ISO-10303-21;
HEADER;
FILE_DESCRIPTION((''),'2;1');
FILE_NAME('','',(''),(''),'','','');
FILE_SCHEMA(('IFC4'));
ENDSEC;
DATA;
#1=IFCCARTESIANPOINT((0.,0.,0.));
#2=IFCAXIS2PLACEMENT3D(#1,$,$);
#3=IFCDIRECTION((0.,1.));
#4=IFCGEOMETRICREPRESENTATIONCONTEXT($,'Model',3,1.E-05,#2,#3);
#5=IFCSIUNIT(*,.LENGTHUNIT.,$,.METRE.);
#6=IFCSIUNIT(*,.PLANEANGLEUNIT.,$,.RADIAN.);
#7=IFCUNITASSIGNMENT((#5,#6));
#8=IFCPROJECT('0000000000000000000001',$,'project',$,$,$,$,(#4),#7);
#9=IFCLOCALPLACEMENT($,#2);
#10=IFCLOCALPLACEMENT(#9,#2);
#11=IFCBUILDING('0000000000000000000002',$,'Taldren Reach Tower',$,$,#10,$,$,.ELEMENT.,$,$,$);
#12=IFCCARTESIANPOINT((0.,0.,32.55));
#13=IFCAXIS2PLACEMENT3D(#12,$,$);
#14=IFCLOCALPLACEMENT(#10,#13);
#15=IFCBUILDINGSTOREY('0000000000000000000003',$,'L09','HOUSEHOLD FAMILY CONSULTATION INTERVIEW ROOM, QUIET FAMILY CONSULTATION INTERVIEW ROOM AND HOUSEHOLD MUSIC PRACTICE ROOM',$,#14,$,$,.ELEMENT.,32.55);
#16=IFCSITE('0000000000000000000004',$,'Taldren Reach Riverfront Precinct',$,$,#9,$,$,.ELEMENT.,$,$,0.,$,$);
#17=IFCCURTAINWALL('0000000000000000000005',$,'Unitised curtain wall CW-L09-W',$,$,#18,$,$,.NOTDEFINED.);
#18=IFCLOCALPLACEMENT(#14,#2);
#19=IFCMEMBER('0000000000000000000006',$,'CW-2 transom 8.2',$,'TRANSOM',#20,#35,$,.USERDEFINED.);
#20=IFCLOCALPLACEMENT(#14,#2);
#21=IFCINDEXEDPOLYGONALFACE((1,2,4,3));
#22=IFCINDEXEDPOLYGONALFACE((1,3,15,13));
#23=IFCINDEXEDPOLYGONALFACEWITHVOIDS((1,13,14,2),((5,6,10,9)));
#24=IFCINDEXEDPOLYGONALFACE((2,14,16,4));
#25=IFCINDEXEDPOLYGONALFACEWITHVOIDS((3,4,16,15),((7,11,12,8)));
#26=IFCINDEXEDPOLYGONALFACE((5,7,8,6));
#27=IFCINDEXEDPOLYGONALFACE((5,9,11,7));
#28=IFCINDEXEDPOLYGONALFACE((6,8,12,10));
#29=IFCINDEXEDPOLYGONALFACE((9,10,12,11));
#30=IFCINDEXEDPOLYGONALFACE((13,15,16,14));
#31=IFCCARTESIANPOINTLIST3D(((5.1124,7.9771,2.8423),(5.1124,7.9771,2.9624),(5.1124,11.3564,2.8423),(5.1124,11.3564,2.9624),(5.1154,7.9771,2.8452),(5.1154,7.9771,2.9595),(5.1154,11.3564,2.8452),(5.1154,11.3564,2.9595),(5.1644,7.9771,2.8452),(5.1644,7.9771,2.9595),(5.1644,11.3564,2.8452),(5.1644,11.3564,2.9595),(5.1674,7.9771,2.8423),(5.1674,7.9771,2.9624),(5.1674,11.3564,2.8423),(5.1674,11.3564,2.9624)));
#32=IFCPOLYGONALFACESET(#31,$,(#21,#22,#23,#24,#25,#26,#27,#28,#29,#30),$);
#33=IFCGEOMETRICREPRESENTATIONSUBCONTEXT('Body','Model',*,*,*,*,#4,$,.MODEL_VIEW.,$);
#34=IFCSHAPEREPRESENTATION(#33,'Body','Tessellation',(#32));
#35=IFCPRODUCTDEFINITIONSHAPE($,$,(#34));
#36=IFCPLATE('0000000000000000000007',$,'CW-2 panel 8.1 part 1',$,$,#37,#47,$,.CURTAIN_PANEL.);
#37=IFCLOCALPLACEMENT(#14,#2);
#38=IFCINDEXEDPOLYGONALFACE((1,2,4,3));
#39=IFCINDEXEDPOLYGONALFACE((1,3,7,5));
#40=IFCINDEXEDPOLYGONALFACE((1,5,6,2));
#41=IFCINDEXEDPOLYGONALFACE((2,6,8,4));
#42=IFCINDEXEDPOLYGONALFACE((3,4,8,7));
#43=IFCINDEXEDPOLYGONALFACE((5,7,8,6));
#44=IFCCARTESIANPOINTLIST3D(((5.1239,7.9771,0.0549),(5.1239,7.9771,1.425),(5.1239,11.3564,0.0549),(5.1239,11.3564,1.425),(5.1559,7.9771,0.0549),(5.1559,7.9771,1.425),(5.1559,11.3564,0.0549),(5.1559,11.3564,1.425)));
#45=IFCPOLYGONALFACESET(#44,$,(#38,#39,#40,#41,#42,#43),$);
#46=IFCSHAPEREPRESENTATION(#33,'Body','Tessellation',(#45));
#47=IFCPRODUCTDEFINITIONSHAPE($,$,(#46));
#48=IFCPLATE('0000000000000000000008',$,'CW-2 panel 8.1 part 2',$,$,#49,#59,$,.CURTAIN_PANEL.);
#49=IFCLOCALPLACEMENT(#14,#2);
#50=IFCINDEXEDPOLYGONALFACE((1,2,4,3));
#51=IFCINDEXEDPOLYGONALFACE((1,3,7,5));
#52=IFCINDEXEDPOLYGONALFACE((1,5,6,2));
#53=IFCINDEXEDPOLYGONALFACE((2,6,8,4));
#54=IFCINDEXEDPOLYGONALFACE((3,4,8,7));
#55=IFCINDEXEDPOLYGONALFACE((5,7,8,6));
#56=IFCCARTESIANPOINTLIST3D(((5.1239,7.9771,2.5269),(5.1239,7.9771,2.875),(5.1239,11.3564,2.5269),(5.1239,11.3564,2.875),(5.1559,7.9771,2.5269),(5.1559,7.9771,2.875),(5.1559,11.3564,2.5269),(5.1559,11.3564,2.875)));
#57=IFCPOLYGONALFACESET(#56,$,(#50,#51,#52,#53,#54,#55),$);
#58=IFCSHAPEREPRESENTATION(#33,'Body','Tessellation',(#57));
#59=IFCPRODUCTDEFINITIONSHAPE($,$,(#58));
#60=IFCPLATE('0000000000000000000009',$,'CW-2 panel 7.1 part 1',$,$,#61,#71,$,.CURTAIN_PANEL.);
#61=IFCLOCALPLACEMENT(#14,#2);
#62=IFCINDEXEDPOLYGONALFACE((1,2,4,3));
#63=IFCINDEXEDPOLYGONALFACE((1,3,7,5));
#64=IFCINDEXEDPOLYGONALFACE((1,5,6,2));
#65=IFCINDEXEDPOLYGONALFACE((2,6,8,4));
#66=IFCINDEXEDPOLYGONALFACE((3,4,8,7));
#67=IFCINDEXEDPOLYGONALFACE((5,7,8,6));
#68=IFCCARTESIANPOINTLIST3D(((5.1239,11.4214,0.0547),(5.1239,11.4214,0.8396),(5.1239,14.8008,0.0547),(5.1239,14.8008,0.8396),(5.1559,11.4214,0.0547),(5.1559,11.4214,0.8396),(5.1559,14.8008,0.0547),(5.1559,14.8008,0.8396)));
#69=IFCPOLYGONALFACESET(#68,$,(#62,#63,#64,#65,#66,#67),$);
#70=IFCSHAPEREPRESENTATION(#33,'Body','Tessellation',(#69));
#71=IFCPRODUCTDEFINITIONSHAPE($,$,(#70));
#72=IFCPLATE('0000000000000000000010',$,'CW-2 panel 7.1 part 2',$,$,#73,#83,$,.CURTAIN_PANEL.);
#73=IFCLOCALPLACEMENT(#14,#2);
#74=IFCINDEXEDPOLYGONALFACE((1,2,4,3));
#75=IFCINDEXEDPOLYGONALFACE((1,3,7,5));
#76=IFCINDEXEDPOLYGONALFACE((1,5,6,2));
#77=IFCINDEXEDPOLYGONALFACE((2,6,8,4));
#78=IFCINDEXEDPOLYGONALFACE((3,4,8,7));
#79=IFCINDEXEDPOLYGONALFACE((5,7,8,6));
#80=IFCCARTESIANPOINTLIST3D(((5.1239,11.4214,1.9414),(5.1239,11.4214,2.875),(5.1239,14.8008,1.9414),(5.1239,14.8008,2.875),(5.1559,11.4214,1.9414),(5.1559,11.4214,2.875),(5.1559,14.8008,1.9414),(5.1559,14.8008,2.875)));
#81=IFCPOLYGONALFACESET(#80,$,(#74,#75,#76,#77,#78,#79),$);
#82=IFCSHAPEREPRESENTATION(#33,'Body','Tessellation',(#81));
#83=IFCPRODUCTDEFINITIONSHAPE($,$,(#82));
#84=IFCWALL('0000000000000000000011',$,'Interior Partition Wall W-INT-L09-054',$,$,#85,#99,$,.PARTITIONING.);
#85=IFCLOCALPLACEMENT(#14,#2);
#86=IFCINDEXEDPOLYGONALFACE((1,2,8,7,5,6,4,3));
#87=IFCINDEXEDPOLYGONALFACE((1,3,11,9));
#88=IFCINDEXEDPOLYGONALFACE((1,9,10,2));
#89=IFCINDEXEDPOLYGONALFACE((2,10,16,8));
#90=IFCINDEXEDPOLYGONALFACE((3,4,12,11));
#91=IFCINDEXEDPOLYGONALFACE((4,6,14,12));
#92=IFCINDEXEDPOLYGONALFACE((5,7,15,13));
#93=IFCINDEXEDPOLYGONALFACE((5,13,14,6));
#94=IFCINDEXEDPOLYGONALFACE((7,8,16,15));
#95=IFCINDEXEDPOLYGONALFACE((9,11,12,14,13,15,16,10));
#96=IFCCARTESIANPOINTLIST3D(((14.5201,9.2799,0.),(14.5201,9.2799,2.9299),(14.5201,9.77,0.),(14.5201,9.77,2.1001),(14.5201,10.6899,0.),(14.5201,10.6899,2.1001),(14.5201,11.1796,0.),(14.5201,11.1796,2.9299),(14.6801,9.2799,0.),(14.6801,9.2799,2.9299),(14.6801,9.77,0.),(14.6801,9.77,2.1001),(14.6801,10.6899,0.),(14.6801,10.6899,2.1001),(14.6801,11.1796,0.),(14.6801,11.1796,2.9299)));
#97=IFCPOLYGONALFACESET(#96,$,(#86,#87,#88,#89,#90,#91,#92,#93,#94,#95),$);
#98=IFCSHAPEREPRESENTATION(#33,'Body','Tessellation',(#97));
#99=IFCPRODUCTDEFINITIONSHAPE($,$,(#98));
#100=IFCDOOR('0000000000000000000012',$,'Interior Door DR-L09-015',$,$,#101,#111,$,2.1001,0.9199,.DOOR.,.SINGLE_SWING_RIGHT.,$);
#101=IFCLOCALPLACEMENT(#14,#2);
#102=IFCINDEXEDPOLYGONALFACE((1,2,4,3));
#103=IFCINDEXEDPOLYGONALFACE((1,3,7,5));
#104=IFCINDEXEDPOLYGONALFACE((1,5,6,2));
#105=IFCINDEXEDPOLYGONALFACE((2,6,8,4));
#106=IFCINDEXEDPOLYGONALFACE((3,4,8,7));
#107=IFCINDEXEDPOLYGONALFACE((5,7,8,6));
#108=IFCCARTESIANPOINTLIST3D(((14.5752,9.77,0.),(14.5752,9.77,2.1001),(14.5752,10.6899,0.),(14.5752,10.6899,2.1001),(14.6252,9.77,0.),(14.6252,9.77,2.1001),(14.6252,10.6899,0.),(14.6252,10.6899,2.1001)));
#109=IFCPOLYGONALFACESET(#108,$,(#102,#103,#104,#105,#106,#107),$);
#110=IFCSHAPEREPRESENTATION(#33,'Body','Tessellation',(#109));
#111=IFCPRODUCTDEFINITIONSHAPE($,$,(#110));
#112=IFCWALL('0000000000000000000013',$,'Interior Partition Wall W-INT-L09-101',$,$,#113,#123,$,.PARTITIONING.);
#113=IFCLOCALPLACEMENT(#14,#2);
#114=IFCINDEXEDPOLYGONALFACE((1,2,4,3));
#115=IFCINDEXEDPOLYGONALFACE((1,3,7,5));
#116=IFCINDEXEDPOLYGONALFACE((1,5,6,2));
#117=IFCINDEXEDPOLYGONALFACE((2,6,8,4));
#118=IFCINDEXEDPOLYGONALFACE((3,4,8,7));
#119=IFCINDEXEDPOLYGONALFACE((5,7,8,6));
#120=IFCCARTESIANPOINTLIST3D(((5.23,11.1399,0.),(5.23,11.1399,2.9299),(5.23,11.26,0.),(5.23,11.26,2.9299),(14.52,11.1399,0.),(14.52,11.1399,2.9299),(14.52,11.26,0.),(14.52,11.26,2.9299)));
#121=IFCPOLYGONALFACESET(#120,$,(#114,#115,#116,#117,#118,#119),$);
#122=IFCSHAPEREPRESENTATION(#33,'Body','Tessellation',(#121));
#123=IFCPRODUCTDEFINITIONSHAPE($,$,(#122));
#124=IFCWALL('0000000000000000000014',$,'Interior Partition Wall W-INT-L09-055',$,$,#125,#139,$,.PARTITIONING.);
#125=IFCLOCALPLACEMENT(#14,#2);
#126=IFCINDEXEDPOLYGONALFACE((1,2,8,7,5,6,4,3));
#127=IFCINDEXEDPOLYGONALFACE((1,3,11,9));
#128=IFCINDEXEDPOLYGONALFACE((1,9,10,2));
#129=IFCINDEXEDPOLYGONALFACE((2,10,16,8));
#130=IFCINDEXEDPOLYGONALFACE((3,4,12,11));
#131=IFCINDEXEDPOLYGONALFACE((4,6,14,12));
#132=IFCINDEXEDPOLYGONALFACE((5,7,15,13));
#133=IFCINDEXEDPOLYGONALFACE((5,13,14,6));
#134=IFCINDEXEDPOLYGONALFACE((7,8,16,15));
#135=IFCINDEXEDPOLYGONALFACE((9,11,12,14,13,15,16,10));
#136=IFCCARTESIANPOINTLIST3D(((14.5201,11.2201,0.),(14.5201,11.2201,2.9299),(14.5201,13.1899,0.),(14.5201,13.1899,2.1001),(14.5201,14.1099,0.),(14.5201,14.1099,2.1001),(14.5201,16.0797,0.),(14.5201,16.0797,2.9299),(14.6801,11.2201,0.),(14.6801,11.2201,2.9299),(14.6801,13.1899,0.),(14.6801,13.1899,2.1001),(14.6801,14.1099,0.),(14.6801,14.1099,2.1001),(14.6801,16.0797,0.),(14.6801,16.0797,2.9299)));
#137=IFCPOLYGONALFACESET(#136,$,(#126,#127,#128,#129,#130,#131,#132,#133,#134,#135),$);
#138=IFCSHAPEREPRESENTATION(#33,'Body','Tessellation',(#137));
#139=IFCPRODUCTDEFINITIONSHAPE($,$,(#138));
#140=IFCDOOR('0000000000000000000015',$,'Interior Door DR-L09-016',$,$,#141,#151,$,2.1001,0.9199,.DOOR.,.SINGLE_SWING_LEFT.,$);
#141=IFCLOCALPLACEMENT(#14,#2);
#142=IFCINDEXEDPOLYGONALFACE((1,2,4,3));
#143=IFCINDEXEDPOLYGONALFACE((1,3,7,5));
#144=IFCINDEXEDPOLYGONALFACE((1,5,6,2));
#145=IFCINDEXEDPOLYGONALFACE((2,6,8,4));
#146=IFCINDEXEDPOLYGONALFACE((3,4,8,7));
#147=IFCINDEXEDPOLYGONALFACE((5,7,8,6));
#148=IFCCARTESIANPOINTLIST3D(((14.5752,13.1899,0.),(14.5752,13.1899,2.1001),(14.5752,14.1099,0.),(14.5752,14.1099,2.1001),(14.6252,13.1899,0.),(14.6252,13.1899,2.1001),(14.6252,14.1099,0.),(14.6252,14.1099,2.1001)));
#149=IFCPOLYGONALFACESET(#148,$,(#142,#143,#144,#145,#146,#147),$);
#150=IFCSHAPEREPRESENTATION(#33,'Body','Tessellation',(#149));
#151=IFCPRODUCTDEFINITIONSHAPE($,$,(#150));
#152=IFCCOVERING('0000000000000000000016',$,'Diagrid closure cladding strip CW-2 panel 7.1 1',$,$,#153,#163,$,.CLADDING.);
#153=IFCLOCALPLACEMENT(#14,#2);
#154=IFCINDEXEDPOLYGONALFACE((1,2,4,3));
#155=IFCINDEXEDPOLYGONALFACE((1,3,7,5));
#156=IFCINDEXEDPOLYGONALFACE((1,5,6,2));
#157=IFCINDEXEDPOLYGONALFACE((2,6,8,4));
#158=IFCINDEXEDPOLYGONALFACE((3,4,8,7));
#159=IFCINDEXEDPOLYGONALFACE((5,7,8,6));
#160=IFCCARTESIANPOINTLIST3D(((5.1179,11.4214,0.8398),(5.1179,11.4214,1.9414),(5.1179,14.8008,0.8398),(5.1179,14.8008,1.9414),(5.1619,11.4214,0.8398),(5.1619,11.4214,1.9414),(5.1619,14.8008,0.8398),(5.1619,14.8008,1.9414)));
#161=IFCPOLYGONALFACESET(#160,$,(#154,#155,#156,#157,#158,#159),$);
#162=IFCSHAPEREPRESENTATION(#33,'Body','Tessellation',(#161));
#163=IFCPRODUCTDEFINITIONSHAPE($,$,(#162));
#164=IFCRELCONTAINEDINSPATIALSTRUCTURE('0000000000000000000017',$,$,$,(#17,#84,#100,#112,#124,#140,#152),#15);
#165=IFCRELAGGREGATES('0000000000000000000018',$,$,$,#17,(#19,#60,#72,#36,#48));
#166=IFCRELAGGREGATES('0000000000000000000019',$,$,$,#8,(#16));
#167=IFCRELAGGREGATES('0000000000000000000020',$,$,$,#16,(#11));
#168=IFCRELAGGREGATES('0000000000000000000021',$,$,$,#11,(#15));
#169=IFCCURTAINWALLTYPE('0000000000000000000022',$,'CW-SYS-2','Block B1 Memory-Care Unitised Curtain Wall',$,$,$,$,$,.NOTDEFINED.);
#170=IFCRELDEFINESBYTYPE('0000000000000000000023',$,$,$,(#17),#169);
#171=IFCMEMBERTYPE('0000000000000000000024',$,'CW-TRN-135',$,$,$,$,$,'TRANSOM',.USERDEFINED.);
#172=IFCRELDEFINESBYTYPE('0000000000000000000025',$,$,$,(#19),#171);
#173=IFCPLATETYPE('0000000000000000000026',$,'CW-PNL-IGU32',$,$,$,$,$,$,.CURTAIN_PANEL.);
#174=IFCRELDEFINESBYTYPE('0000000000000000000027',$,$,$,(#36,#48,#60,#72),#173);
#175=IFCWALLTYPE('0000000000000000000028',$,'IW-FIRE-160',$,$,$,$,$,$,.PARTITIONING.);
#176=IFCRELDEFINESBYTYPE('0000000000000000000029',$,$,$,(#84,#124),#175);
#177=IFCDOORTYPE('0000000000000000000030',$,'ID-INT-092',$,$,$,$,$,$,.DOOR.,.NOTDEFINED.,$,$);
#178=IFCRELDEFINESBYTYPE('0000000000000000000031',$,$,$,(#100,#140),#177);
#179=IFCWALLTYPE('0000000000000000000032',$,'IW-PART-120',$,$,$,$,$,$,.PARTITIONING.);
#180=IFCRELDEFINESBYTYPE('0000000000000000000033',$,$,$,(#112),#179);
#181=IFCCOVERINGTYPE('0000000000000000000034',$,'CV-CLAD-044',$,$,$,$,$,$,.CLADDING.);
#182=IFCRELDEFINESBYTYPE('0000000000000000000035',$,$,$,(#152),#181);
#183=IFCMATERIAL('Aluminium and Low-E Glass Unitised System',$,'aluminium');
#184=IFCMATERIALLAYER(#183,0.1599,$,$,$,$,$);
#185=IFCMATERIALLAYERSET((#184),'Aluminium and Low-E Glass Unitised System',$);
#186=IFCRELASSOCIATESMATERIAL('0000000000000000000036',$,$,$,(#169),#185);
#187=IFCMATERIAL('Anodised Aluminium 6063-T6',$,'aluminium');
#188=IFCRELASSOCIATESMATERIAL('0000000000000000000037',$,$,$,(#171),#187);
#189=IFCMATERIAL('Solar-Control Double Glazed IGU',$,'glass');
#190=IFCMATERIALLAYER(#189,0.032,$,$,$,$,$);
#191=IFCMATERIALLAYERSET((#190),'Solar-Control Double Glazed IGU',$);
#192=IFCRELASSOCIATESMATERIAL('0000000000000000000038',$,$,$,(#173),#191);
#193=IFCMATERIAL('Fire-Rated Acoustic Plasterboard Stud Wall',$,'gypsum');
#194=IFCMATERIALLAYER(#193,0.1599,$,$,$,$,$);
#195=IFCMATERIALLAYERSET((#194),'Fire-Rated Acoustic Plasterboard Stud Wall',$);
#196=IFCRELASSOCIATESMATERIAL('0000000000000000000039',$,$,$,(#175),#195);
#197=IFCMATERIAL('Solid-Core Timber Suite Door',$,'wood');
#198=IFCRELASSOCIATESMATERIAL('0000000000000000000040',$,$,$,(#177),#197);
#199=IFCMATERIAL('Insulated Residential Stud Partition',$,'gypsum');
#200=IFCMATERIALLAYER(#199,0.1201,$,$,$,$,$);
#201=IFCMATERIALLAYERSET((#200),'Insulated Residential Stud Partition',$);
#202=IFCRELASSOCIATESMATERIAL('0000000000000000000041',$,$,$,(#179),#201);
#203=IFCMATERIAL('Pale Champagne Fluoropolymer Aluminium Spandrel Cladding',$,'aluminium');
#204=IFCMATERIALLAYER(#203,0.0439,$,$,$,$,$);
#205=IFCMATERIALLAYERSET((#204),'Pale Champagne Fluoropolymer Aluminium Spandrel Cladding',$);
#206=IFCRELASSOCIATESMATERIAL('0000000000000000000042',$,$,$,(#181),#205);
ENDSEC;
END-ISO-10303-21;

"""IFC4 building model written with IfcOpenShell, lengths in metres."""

from ifc_helpers import new_model, si_unit, direction, frame, frame_2d, origin, origin_2d, place, context, subcontext, project, spatial, rectangle, hollow_rectangle, extrude, source, transform, mapped, material, layer, layer_set, material_profile, profile_set, type_object, element, fill, aggregate, save


model = new_model("IFC4")

# Units and contexts
model_context = context("Model", 3, precision=1e-05, world=origin(), true_north=direction((0.0, 1.0)))
body_context = subcontext(model_context, "Body", "Model", "MODEL_VIEW")
ifc_project = project(units=[si_unit("LENGTHUNIT", "METRE"), si_unit("PLANEANGLEUNIT", "RADIAN")], contexts=[model_context])

# Site, building, storey
site_placement = place(None, origin())
site = spatial("IfcSite", under=ifc_project, at=site_placement, Name="Taldren Reach Riverfront Precinct", CompositionType="ELEMENT", RefElevation=0.0)
building_placement = place(site_placement, origin())
building = spatial("IfcBuilding", under=site, at=building_placement, Name="Taldren Reach Tower", CompositionType="ELEMENT")
storey_placement = place(building_placement, frame((0.0, 0.0, 32.55)))
storey = spatial("IfcBuildingStorey", under=building, at=storey_placement, Name="L09", Description="HOUSEHOLD FAMILY CONSULTATION INTERVIEW ROOM, QUIET FAMILY CONSULTATION INTERVIEW ROOM AND HOUSEHOLD MUSIC PRACTICE ROOM", CompositionType="ELEMENT", Elevation=32.55)

# Curtain wall, member, plates
ifc_material_1 = material(Name="Aluminium and Low-E Glass Unitised System", Category="aluminium")
ifc_layer_1 = layer(ifc_material_1, 0.1599)
ifc_layer_set_1 = layer_set([ifc_layer_1], Name="Aluminium and Low-E Glass Unitised System")
curtain_wall_type = type_object("IfcCurtainWallType", Name="CW-SYS-2", Description="Block B1 Memory-Care Unitised Curtain Wall", PredefinedType="NOTDEFINED", material=ifc_layer_set_1)
curtain_wall_placement = place(storey_placement, origin())
curtain_wall = element("IfcCurtainWall", 1, at=curtain_wall_placement, inside=storey, type_object=curtain_wall_type, Name="Unitised curtain wall CW-L09-W", PredefinedType="NOTDEFINED")
ifc_material_2 = material(Name="Anodised Aluminium 6063-T6", Category="aluminium")
ifc_material_profile_1 = material_profile(ifc_material_2, hollow_rectangle(XDim=0.0549, YDim=0.1201, WallThickness=0.0029, at=origin_2d()), Name="ALU-120x55x3RHS")
ifc_profile_set_1 = profile_set([ifc_material_profile_1], Name="Anodised Aluminium 6063-T6")
member_type_1 = type_object("IfcMemberType", Name="CW-TRN-135", ElementType="TRANSOM", PredefinedType="USERDEFINED", material=ifc_profile_set_1)
shared_shape_1 = source(origin(), body_context, "Body", "SweptSolid", [
    extrude(hollow_rectangle(XDim=0.0549, YDim=0.1201, WallThickness=0.0029, at=origin_2d()), origin(), (0.0, 0.0, 1.0), 3.3794),
])
member_1_placement = place(storey_placement, frame((5.1399, 11.3564, 2.9023), z_axis=(0.0, -1.0, 0.0), x_axis=(1.0, 0.0, 0.0)))
member_1 = element("IfcMember", 2, at=member_1_placement, type_object=member_type_1, Name="CW-2 transom 8.2", ObjectType="TRANSOM", PredefinedType="USERDEFINED", context=body_context, shape_type="MappedRepresentation", body=[
    mapped(shared_shape_1, transform((0.0, 0.0, 0.0), scale=1.0)),
])
ifc_material_3 = material(Name="Solar-Control Double Glazed IGU", Category="glass")
ifc_layer_2 = layer(ifc_material_3, 0.032)
ifc_layer_set_2 = layer_set([ifc_layer_2], Name="Solar-Control Double Glazed IGU")
plate_type = type_object("IfcPlateType", Name="CW-PNL-IGU32", PredefinedType="CURTAIN_PANEL", material=ifc_layer_set_2)
shared_shape_2 = source(origin(), body_context, "Body", "SweptSolid", [
    extrude(rectangle(XDim=3.3794, YDim=0.032, at=origin_2d()), origin(), (0.0, 0.0, 1.0), 1.3701),
])
plate_1_placement = place(storey_placement, frame((5.1399, 9.6667, 0.0549), z_axis=(0.0, 0.0, 1.0), x_axis=(0.0, -1.0, 0.0)))
plate_1 = element("IfcPlate", 3, at=plate_1_placement, type_object=plate_type, Name="CW-2 panel 8.1 part 1", PredefinedType="CURTAIN_PANEL", context=body_context, shape_type="MappedRepresentation", body=[
    mapped(shared_shape_2, transform((0.0, 0.0, 0.0), scale=1.0)),
])
shared_shape_3 = source(origin(), body_context, "Body", "SweptSolid", [
    extrude(rectangle(XDim=3.3794, YDim=0.032, at=origin_2d()), origin(), (0.0, 0.0, 1.0), 0.3481),
])
plate_2_placement = place(storey_placement, frame((5.1399, 9.6667, 2.5269), z_axis=(0.0, 0.0, 1.0), x_axis=(0.0, -1.0, 0.0)))
plate_2 = element("IfcPlate", 4, at=plate_2_placement, type_object=plate_type, Name="CW-2 panel 8.1 part 2", PredefinedType="CURTAIN_PANEL", context=body_context, shape_type="MappedRepresentation", body=[
    mapped(shared_shape_3, transform((0.0, 0.0, 0.0), scale=1.0)),
])
shared_shape_4 = source(origin(), body_context, "Body", "SweptSolid", [
    extrude(rectangle(XDim=3.3794, YDim=0.032, at=origin_2d()), origin(), (0.0, 0.0, 1.0), 0.7849),
])
plate_3_placement = place(storey_placement, frame((5.1399, 13.1111, 0.0547), z_axis=(0.0, 0.0, 1.0), x_axis=(0.0, -1.0, 0.0)))
plate_3 = element("IfcPlate", 5, at=plate_3_placement, type_object=plate_type, Name="CW-2 panel 7.1 part 1", PredefinedType="CURTAIN_PANEL", context=body_context, shape_type="MappedRepresentation", body=[
    mapped(shared_shape_4, transform((0.0, 0.0, 0.0), scale=1.0)),
])
shared_shape_5 = source(origin(), body_context, "Body", "SweptSolid", [
    extrude(rectangle(XDim=3.3794, YDim=0.032, at=origin_2d()), origin(), (0.0, 0.0, 1.0), 0.9336),
])
plate_4_placement = place(storey_placement, frame((5.1399, 13.1111, 1.9414), z_axis=(0.0, 0.0, 1.0), x_axis=(0.0, -1.0, 0.0)))
plate_4 = element("IfcPlate", 6, at=plate_4_placement, type_object=plate_type, Name="CW-2 panel 7.1 part 2", PredefinedType="CURTAIN_PANEL", context=body_context, shape_type="MappedRepresentation", body=[
    mapped(shared_shape_5, transform((0.0, 0.0, 0.0), scale=1.0)),
])
aggregate(curtain_wall, [member_1, plate_3, plate_4, plate_1, plate_2])

# Wall, opening, door
ifc_material_4 = material(Name="Fire-Rated Acoustic Plasterboard Stud Wall", Category="gypsum")
ifc_layer_3 = layer(ifc_material_4, 0.1599)
ifc_layer_set_3 = layer_set([ifc_layer_3], Name="Fire-Rated Acoustic Plasterboard Stud Wall")
wall_type_1 = type_object("IfcWallType", Name="IW-FIRE-160", PredefinedType="PARTITIONING", material=ifc_layer_set_3)
shared_shape_6 = source(origin(), body_context, "Body", "SweptSolid", [
    extrude(rectangle(XDim=1.8997, YDim=0.1599, at=frame_2d((0.9497, 0.0))), origin(), (0.0, 0.0, 1.0), 2.9299),
])
wall_1_placement = place(storey_placement, frame((14.6001, 9.28, 0.0), z_axis=(0.0, 0.0, 1.0), x_axis=(0.0, 1.0, 0.0)))
wall_1 = element("IfcWall", 7, at=wall_1_placement, inside=storey, type_object=wall_type_1, Name="Interior Partition Wall W-INT-L09-054", PredefinedType="PARTITIONING", context=body_context, shape_type="MappedRepresentation", body=[
    mapped(shared_shape_6, transform((0.0, 0.0, 0.0), scale=1.0)),
])
shared_shape_7 = source(origin(), body_context, "Body", "SweptSolid", [
    extrude(rectangle(XDim=0.9199, YDim=2.1001, at=frame_2d((0.46, 1.05))), frame((0.0, 0.0898, 0.0), z_axis=(0.0, -1.0, 0.0), x_axis=(1.0, 0.0, 0.0)), (0.0, 0.0, 1.0), 0.1799),
])
opening_1_placement = place(wall_1_placement, frame((0.49, 0.0, 0.0)))
opening_1 = element("IfcOpeningElement", 8, at=opening_1_placement, cuts=wall_1, PredefinedType="OPENING", context=body_context, shape_type="MappedRepresentation", body=[
    mapped(shared_shape_7, transform((0.0, 0.0, 0.0), scale=1.0)),
])
ifc_material_5 = material(Name="Solid-Core Timber Suite Door", Category="wood")
door_type = type_object("IfcDoorType", Name="ID-INT-092", OperationType="NOTDEFINED", PredefinedType="DOOR", material=ifc_material_5)
shared_shape_8 = source(origin(), body_context, "Body", "SweptSolid", [
    extrude(rectangle(XDim=0.9199, YDim=2.1001, at=frame_2d((0.46, 1.05))), frame((0.0, 0.0249, 0.0), z_axis=(0.0, -1.0, 0.0), x_axis=(1.0, 0.0, 0.0)), (0.0, 0.0, 1.0), 0.05),
])
door_1_placement = place(opening_1_placement, origin())
door_1 = element("IfcDoor", 9, at=door_1_placement, inside=storey, type_object=door_type, Name="Interior Door DR-L09-015", OperationType="SINGLE_SWING_RIGHT", OverallHeight=2.1001, OverallWidth=0.9199, PredefinedType="DOOR", context=body_context, shape_type="MappedRepresentation", body=[
    mapped(shared_shape_8, transform((0.0, 0.0, 0.0), scale=1.0)),
])
fill(opening_1, door_1)

# Wall
ifc_material_6 = material(Name="Insulated Residential Stud Partition", Category="gypsum")
ifc_layer_4 = layer(ifc_material_6, 0.1201)
ifc_layer_set_4 = layer_set([ifc_layer_4], Name="Insulated Residential Stud Partition")
wall_type_2 = type_object("IfcWallType", Name="IW-PART-120", PredefinedType="PARTITIONING", material=ifc_layer_set_4)
shared_shape_9 = source(origin(), body_context, "Body", "SweptSolid", [
    extrude(rectangle(XDim=9.29, YDim=0.1201, at=frame_2d((4.645, 0.0))), origin(), (0.0, 0.0, 1.0), 2.9299),
])
wall_2_placement = place(storey_placement, frame((5.23, 11.2, 0.0), z_axis=(0.0, 0.0, 1.0), x_axis=(1.0, 0.0, 0.0)))
element("IfcWall", 10, at=wall_2_placement, inside=storey, type_object=wall_type_2, Name="Interior Partition Wall W-INT-L09-101", PredefinedType="PARTITIONING", context=body_context, shape_type="MappedRepresentation", body=[
    mapped(shared_shape_9, transform((0.0, 0.0, 0.0), scale=1.0)),
])

# Wall, opening, door
shared_shape_10 = source(origin(), body_context, "Body", "SweptSolid", [
    extrude(rectangle(XDim=4.8596, YDim=0.1599, at=frame_2d((2.4297, 0.0))), origin(), (0.0, 0.0, 1.0), 2.9299),
])
wall_3_placement = place(storey_placement, frame((14.6001, 11.2202, 0.0), z_axis=(0.0, 0.0, 1.0), x_axis=(0.0, 1.0, 0.0)))
wall_3 = element("IfcWall", 11, at=wall_3_placement, inside=storey, type_object=wall_type_1, Name="Interior Partition Wall W-INT-L09-055", PredefinedType="PARTITIONING", context=body_context, shape_type="MappedRepresentation", body=[
    mapped(shared_shape_10, transform((0.0, 0.0, 0.0), scale=1.0)),
])
opening_2_placement = place(wall_3_placement, frame((1.9697, 0.0, 0.0)))
opening_2 = element("IfcOpeningElement", 12, at=opening_2_placement, cuts=wall_3, PredefinedType="OPENING", context=body_context, shape_type="MappedRepresentation", body=[
    mapped(shared_shape_7, transform((0.0, 0.0, 0.0), scale=1.0)),
])
door_2_placement = place(opening_2_placement, origin())
door_2 = element("IfcDoor", 13, at=door_2_placement, inside=storey, type_object=door_type, Name="Interior Door DR-L09-016", OperationType="SINGLE_SWING_LEFT", OverallHeight=2.1001, OverallWidth=0.9199, PredefinedType="DOOR", context=body_context, shape_type="MappedRepresentation", body=[
    mapped(shared_shape_8, transform((0.0, 0.0, 0.0), scale=1.0)),
])
fill(opening_2, door_2)

# Covering
ifc_material_7 = material(Name="Pale Champagne Fluoropolymer Aluminium Spandrel Cladding", Category="aluminium")
ifc_layer_5 = layer(ifc_material_7, 0.0439)
ifc_layer_set_5 = layer_set([ifc_layer_5], Name="Pale Champagne Fluoropolymer Aluminium Spandrel Cladding")
covering_type = type_object("IfcCoveringType", Name="CV-CLAD-044", PredefinedType="CLADDING", material=ifc_layer_set_5)
shared_shape_11 = source(origin(), body_context, "Body", "SweptSolid", [
    extrude(rectangle(XDim=3.3794, YDim=0.0439, at=origin_2d()), origin(), (0.0, 0.0, 1.0), 1.1016),
])
for number, where, z_axis, x_axis, name in (
    (14, (5.1399, 13.1111, 0.8398), (0.0, 0.0, 1.0), (0.0, -1.0, 0.0), "Diagrid closure cladding strip CW-2 panel 7.1 1"),
):
    element("IfcCovering", number, at=place(storey_placement, frame(where, z_axis=z_axis, x_axis=x_axis)), inside=storey, type_object=covering_type, Name=name, PredefinedType="CLADDING", context=body_context, shape_type="MappedRepresentation", body=[
        mapped(shared_shape_11, transform((0.0, 0.0, 0.0), scale=1.0)),
    ])

save(model, "model.ifc")
